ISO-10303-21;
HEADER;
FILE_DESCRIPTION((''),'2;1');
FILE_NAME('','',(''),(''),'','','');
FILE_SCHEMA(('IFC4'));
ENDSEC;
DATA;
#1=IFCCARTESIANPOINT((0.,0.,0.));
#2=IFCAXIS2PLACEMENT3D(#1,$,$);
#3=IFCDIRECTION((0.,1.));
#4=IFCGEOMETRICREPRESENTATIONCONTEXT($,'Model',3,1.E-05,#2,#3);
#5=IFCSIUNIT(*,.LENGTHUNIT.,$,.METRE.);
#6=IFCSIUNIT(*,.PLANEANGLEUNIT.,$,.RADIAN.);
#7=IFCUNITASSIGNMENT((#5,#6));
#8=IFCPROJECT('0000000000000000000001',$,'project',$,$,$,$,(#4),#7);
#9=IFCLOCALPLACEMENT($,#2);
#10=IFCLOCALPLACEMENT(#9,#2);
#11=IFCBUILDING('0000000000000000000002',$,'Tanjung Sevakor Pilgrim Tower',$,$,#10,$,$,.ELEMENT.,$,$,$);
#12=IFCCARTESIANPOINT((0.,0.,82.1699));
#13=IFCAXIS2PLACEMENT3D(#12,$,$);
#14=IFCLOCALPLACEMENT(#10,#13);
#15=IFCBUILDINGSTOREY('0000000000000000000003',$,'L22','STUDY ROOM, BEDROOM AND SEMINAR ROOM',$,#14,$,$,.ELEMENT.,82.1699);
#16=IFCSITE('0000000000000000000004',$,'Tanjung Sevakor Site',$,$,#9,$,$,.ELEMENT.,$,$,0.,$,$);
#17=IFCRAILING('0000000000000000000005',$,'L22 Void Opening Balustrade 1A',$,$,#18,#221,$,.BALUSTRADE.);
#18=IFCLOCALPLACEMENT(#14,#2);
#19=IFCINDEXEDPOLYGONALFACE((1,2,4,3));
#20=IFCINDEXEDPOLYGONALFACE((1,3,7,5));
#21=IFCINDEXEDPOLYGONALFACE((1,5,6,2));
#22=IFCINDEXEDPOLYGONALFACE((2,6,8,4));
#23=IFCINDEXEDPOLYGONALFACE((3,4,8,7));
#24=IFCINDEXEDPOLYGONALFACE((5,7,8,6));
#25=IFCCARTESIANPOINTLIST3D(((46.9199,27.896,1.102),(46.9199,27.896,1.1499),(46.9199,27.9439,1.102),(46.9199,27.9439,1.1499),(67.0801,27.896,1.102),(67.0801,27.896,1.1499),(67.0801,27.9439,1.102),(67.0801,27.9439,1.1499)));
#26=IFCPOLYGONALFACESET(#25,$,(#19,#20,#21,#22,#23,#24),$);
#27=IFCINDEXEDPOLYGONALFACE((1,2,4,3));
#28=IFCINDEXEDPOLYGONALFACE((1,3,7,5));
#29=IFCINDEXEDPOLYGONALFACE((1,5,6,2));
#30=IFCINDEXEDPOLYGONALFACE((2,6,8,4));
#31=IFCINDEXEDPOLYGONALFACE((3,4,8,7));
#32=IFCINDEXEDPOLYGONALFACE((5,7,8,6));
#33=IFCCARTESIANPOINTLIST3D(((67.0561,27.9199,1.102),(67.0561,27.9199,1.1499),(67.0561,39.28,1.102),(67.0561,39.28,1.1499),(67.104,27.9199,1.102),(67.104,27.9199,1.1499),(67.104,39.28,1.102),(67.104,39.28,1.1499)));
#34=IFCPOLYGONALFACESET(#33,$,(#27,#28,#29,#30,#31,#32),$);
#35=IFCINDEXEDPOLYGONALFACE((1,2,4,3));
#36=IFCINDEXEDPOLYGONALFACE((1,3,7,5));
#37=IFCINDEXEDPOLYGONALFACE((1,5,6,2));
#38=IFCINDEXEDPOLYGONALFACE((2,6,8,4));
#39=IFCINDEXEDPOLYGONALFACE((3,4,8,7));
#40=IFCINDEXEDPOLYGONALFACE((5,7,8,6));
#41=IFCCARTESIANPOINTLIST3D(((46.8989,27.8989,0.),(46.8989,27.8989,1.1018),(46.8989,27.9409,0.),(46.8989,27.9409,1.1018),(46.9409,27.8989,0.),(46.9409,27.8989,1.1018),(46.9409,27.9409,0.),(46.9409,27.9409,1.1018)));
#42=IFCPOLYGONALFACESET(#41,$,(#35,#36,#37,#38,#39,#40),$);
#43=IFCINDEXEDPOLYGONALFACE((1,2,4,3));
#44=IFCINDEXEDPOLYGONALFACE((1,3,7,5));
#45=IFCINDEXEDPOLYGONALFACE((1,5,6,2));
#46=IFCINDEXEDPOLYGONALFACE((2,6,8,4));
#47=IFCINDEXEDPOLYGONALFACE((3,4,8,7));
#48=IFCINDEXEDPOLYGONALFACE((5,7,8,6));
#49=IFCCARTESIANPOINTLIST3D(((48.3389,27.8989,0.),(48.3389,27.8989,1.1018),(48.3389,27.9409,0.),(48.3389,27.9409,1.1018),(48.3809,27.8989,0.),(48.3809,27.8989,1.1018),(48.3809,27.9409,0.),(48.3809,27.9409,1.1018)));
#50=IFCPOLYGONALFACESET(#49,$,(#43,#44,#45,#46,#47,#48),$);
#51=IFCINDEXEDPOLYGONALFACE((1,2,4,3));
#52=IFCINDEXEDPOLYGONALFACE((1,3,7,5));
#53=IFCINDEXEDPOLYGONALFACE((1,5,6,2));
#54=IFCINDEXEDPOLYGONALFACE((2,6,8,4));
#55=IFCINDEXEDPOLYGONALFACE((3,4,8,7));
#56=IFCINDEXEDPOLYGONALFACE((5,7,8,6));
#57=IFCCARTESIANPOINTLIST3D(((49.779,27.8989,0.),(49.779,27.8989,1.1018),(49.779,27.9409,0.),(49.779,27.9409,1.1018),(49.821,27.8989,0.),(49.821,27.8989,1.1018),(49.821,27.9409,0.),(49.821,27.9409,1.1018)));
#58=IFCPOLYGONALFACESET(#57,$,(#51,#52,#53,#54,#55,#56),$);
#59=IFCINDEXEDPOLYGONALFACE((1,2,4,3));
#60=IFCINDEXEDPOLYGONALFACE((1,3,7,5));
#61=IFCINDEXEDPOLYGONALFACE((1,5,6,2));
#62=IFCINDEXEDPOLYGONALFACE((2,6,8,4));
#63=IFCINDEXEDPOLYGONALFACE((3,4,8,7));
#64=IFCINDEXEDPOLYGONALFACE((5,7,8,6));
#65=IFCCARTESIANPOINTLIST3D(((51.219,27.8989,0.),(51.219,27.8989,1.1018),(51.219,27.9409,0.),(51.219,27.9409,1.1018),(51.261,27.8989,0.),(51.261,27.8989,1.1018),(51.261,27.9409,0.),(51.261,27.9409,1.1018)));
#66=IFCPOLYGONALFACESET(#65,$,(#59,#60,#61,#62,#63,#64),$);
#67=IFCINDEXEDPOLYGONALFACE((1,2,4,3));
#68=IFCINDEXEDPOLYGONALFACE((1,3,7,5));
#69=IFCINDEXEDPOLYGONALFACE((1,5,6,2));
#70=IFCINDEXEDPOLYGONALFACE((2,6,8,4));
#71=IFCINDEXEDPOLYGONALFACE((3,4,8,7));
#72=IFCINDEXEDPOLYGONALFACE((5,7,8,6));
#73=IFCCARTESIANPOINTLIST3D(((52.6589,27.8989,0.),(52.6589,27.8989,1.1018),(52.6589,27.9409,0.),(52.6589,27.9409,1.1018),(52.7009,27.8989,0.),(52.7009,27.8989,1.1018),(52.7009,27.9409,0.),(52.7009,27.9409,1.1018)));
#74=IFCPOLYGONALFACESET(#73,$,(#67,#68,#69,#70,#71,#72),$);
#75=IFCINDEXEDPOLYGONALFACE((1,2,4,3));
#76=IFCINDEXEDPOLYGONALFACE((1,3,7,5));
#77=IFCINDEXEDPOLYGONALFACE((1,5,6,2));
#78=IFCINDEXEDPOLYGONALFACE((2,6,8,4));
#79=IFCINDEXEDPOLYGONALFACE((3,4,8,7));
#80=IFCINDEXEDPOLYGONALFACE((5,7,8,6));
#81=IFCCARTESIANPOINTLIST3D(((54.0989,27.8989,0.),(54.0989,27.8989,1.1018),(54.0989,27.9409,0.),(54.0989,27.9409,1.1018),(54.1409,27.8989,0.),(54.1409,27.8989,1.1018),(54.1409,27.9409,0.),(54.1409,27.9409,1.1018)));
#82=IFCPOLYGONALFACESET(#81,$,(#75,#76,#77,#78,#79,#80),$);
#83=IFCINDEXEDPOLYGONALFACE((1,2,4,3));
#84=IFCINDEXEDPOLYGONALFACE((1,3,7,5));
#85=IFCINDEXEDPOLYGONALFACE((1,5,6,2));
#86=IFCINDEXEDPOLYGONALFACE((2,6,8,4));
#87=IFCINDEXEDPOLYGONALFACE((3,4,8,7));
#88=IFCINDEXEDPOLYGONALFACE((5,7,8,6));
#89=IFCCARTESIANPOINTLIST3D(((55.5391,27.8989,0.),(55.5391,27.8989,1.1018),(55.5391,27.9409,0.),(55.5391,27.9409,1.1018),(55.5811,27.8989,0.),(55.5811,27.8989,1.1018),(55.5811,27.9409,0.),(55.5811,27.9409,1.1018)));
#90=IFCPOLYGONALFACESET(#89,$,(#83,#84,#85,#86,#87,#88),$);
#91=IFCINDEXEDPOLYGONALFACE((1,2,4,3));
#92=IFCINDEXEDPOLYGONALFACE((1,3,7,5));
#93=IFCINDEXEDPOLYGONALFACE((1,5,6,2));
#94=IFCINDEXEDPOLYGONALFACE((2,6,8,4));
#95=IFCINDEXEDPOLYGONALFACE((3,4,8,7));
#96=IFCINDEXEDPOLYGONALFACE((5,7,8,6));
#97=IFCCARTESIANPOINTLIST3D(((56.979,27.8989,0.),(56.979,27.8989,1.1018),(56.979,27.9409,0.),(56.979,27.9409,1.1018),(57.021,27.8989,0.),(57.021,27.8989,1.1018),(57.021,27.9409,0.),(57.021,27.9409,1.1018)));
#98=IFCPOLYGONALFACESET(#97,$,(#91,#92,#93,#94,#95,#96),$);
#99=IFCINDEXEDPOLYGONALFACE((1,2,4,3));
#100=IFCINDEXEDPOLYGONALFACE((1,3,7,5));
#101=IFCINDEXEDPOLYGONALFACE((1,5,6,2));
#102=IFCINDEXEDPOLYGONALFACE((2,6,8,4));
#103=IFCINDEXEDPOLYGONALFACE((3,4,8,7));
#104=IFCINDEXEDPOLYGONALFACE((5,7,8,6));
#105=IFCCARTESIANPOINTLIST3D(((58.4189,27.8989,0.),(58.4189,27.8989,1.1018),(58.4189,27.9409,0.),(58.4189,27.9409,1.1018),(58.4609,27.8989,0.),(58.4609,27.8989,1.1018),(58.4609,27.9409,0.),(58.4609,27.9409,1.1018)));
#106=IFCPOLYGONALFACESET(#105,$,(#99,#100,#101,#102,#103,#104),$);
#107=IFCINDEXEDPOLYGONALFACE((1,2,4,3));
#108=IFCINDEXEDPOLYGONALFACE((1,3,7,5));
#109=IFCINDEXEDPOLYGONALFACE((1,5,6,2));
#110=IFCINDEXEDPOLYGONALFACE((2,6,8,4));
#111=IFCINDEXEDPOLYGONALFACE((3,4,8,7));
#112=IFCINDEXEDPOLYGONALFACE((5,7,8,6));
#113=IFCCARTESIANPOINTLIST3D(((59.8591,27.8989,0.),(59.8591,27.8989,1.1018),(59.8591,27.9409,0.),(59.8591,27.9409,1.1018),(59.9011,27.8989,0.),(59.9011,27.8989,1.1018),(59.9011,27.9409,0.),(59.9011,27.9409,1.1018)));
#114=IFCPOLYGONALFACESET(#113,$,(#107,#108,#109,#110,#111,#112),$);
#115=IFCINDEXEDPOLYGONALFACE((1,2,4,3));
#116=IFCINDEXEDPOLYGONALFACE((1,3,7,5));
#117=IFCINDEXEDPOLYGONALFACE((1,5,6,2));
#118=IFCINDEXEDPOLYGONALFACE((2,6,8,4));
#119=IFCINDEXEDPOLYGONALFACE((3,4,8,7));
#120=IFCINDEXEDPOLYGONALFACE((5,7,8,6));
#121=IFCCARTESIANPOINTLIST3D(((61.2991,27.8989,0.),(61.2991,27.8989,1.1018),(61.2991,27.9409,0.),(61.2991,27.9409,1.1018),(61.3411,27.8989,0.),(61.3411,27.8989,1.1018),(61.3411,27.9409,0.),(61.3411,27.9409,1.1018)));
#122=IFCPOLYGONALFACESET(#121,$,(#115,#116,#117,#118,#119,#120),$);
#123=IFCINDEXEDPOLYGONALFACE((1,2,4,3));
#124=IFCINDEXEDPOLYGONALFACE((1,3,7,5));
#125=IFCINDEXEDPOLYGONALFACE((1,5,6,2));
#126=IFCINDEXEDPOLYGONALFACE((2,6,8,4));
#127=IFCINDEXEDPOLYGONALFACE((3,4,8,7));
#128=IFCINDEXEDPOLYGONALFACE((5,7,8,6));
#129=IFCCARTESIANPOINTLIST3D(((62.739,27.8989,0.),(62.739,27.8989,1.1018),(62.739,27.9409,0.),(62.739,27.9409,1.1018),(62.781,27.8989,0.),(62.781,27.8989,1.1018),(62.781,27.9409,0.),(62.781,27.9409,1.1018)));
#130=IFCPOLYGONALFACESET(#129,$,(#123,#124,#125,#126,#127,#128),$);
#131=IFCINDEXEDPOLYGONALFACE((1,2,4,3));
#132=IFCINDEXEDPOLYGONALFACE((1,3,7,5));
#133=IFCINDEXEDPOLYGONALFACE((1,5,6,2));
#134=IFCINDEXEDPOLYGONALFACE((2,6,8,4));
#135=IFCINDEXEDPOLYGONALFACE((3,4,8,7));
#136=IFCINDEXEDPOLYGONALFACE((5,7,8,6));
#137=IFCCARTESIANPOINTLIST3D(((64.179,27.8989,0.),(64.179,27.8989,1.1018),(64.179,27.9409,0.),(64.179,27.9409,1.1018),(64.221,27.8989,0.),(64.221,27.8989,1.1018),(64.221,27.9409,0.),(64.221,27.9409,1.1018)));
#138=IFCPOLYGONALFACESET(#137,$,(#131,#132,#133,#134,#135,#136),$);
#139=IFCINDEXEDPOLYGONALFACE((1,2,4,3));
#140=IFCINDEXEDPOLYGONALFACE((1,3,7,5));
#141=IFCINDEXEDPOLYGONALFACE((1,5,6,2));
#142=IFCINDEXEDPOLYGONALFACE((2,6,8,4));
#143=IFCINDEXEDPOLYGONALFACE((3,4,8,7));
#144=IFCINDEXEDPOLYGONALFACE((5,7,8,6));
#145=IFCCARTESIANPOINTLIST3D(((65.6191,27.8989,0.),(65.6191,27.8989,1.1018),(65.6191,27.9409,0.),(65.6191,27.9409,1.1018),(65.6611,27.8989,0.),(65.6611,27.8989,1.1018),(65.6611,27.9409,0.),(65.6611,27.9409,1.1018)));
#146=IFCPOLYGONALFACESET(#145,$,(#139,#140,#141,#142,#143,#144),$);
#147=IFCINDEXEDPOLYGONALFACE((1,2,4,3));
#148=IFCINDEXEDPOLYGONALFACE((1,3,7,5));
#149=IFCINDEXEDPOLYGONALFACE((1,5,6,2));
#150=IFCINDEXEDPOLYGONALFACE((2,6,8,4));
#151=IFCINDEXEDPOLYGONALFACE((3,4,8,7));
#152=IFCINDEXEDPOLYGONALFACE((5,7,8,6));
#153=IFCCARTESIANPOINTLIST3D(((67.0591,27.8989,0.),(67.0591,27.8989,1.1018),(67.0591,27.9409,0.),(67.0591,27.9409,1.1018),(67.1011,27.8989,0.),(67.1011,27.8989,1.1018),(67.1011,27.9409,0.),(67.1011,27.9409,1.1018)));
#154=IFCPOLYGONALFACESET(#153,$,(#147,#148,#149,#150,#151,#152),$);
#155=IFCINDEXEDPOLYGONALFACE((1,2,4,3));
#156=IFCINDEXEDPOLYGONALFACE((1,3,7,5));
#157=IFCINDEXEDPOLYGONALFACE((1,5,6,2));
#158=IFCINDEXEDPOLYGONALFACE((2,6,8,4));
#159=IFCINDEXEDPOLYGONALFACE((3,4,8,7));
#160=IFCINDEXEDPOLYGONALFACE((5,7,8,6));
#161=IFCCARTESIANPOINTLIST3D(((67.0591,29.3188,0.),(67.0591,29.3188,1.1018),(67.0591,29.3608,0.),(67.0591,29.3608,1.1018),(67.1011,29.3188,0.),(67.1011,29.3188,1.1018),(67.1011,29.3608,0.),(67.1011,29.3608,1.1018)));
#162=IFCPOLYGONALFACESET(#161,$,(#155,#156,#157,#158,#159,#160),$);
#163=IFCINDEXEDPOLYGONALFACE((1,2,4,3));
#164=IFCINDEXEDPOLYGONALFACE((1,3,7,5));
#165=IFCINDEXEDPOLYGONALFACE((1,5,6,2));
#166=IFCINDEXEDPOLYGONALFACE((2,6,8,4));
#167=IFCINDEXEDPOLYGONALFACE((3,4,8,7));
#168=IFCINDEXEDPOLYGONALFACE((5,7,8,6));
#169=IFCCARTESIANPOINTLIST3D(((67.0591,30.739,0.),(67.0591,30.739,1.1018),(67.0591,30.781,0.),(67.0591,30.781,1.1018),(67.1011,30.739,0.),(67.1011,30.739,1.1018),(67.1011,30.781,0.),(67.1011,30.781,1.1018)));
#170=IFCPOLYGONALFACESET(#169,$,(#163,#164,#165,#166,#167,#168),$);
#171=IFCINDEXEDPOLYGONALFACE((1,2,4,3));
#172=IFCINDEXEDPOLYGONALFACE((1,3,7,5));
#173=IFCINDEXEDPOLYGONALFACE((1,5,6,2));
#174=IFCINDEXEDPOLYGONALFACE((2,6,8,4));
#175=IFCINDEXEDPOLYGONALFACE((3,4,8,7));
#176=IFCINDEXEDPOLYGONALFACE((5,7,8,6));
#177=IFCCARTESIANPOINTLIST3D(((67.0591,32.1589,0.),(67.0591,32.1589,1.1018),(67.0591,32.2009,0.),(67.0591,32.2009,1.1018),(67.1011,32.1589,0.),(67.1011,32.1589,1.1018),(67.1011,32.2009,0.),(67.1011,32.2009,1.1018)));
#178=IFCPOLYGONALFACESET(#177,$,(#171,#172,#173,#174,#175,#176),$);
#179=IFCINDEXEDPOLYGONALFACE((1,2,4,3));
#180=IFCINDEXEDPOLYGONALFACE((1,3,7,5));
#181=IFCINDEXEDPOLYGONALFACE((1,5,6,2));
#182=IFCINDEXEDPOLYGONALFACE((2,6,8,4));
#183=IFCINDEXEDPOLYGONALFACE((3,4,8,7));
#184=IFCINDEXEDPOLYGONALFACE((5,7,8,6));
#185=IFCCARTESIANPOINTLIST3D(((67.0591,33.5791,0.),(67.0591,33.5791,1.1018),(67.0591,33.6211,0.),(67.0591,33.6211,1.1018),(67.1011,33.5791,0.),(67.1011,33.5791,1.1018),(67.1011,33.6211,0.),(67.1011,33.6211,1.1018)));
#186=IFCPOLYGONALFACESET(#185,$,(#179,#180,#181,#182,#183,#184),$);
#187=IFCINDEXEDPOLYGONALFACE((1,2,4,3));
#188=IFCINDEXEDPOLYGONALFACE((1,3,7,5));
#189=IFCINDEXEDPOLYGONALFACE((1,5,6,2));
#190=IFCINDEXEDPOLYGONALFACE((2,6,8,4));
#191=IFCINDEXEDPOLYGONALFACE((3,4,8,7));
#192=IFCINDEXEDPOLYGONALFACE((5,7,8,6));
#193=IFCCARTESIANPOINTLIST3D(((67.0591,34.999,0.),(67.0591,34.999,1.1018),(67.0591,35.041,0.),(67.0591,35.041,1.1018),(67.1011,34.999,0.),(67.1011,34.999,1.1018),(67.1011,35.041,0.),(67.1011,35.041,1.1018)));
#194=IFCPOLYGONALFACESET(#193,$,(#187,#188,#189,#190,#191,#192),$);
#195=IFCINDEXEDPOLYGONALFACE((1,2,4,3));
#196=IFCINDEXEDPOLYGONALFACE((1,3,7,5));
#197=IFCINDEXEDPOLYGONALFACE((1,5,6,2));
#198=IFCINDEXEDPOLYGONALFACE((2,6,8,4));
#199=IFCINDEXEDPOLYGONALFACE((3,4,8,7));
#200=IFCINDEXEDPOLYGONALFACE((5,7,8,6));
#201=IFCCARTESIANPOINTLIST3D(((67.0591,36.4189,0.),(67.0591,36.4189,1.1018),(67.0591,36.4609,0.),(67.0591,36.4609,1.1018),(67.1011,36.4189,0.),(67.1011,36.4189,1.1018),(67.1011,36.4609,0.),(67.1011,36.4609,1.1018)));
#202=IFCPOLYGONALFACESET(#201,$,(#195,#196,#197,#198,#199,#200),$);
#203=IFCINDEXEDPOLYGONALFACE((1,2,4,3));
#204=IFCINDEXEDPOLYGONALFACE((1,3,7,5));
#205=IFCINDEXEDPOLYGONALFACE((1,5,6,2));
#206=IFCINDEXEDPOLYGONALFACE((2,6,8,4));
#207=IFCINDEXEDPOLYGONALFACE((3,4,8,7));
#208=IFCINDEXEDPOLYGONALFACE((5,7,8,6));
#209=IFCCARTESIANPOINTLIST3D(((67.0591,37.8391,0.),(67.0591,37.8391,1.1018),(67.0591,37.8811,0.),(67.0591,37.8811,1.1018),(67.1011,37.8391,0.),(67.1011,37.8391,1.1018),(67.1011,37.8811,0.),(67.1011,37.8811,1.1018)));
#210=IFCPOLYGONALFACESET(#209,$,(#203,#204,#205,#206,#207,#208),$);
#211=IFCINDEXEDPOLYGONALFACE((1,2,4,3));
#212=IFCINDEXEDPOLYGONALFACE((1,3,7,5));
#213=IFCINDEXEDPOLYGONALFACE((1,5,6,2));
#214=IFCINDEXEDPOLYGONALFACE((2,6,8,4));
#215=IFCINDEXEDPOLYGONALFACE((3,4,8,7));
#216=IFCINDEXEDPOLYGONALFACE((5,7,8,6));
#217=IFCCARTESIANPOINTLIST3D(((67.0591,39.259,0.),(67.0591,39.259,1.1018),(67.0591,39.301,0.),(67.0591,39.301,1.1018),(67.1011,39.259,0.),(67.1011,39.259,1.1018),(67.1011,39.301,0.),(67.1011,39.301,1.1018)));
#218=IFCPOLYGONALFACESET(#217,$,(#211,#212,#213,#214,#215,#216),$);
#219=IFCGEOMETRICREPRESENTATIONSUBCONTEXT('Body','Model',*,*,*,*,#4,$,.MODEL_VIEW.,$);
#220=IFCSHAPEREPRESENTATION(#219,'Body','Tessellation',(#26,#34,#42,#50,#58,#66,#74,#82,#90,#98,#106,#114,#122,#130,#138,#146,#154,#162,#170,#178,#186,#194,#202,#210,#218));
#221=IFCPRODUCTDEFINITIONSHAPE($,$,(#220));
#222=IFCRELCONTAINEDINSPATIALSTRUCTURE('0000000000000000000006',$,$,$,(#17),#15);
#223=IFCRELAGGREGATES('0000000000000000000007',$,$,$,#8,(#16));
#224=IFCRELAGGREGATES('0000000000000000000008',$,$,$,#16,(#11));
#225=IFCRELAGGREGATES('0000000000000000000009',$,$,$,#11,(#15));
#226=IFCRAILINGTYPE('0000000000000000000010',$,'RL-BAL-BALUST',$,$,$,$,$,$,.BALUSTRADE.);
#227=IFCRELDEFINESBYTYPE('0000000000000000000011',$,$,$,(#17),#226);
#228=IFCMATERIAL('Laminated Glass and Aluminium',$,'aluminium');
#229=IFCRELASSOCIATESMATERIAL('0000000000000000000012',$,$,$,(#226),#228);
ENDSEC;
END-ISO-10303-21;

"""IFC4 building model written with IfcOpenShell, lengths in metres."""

from ifc_helpers import new_model, si_unit, direction, frame, origin, place, context, subcontext, project, spatial, rectangle, extrude, material, type_object, element, save


model = new_model("IFC4")

# Units and contexts
model_context = context("Model", 3, precision=1e-05, world=origin(), true_north=direction((0.0, 1.0)))
body_context = subcontext(model_context, "Body", "Model", "MODEL_VIEW")
ifc_project = project(units=[si_unit("LENGTHUNIT", "METRE"), si_unit("PLANEANGLEUNIT", "RADIAN")], contexts=[model_context])

# Site, building, storey
site_placement = place(None, origin())
site = spatial("IfcSite", under=ifc_project, at=site_placement, Name="Tanjung Sevakor Site", CompositionType="ELEMENT", RefElevation=0.0)
building_placement = place(site_placement, origin())
building = spatial("IfcBuilding", under=site, at=building_placement, Name="Tanjung Sevakor Pilgrim Tower", CompositionType="ELEMENT")
storey_placement = place(building_placement, frame((0.0, 0.0, 82.1699)))
storey = spatial("IfcBuildingStorey", under=building, at=storey_placement, Name="L22", Description="STUDY ROOM, BEDROOM AND SEMINAR ROOM", CompositionType="ELEMENT", Elevation=82.1699)

# Railing
ifc_material_1 = material(Name="Laminated Glass and Aluminium", Category="aluminium")
railing_type = type_object("IfcRailingType", Name="RL-BAL-BALUST", PredefinedType="BALUSTRADE", material=ifc_material_1)
railing_placement = place(storey_placement, frame((46.9199, 27.9199, 0.0)))
element("IfcRailing", 1, at=railing_placement, inside=storey, type_object=railing_type, Name="L22 Void Opening Balustrade 1A", PredefinedType="BALUSTRADE", context=body_context, shape_type="SweptSolid", body=[
    extrude(rectangle(XDim=0.0479, YDim=0.0479), frame((0.0, 0.0, 1.126), z_axis=(1.0, 0.0, 0.0), x_axis=(0.0, 1.0, 0.0)), (0.0, 0.0, 1.0), 20.1602),
    extrude(rectangle(XDim=0.0479, YDim=0.0479), frame((20.1602, 0.0, 1.126), z_axis=(0.0, 1.0, 0.0), x_axis=(-1.0, 0.0, 0.0)), (0.0, 0.0, 1.0), 11.3601),
    extrude(rectangle(XDim=0.042, YDim=0.042), origin(), (0.0, 0.0, 1.0), 1.1018),
    extrude(rectangle(XDim=0.042, YDim=0.042), frame((1.4399, 0.0, 0.0)), (0.0, 0.0, 1.0), 1.1018),
    extrude(rectangle(XDim=0.042, YDim=0.042), frame((2.8801, 0.0, 0.0)), (0.0, 0.0, 1.0), 1.1018),
    extrude(rectangle(XDim=0.042, YDim=0.042), frame((4.3201, 0.0, 0.0)), (0.0, 0.0, 1.0), 1.1018),
    extrude(rectangle(XDim=0.042, YDim=0.042), frame((5.76, 0.0, 0.0)), (0.0, 0.0, 1.0), 1.1018),
    extrude(rectangle(XDim=0.042, YDim=0.042), frame((7.2, 0.0, 0.0)), (0.0, 0.0, 1.0), 1.1018),
    extrude(rectangle(XDim=0.042, YDim=0.042), frame((8.6401, 0.0, 0.0)), (0.0, 0.0, 1.0), 1.1018),
    extrude(rectangle(XDim=0.042, YDim=0.042), frame((10.0801, 0.0, 0.0)), (0.0, 0.0, 1.0), 1.1018),
    extrude(rectangle(XDim=0.042, YDim=0.042), frame((11.52, 0.0, 0.0)), (0.0, 0.0, 1.0), 1.1018),
    extrude(rectangle(XDim=0.042, YDim=0.042), frame((12.9602, 0.0, 0.0)), (0.0, 0.0, 1.0), 1.1018),
    extrude(rectangle(XDim=0.042, YDim=0.042), frame((14.4001, 0.0, 0.0)), (0.0, 0.0, 1.0), 1.1018),
    extrude(rectangle(XDim=0.042, YDim=0.042), frame((15.8401, 0.0, 0.0)), (0.0, 0.0, 1.0), 1.1018),
    extrude(rectangle(XDim=0.042, YDim=0.042), frame((17.28, 0.0, 0.0)), (0.0, 0.0, 1.0), 1.1018),
    extrude(rectangle(XDim=0.042, YDim=0.042), frame((18.7202, 0.0, 0.0)), (0.0, 0.0, 1.0), 1.1018),
    extrude(rectangle(XDim=0.042, YDim=0.042), frame((20.1602, 0.0, 0.0)), (0.0, 0.0, 1.0), 1.1018),
    extrude(rectangle(XDim=0.042, YDim=0.042), frame((20.1602, 1.4199, 0.0)), (0.0, 0.0, 1.0), 1.1018),
    extrude(rectangle(XDim=0.042, YDim=0.042), frame((20.1602, 2.8401, 0.0)), (0.0, 0.0, 1.0), 1.1018),
    extrude(rectangle(XDim=0.042, YDim=0.042), frame((20.1602, 4.26, 0.0)), (0.0, 0.0, 1.0), 1.1018),
    extrude(rectangle(XDim=0.042, YDim=0.042), frame((20.1602, 5.6802, 0.0)), (0.0, 0.0, 1.0), 1.1018),
    extrude(rectangle(XDim=0.042, YDim=0.042), frame((20.1602, 7.1001, 0.0)), (0.0, 0.0, 1.0), 1.1018),
    extrude(rectangle(XDim=0.042, YDim=0.042), frame((20.1602, 8.52, 0.0)), (0.0, 0.0, 1.0), 1.1018),
    extrude(rectangle(XDim=0.042, YDim=0.042), frame((20.1602, 9.9402, 0.0)), (0.0, 0.0, 1.0), 1.1018),
    extrude(rectangle(XDim=0.042, YDim=0.042), frame((20.1602, 11.3601, 0.0)), (0.0, 0.0, 1.0), 1.1018),
])

save(model, "model.ifc")
